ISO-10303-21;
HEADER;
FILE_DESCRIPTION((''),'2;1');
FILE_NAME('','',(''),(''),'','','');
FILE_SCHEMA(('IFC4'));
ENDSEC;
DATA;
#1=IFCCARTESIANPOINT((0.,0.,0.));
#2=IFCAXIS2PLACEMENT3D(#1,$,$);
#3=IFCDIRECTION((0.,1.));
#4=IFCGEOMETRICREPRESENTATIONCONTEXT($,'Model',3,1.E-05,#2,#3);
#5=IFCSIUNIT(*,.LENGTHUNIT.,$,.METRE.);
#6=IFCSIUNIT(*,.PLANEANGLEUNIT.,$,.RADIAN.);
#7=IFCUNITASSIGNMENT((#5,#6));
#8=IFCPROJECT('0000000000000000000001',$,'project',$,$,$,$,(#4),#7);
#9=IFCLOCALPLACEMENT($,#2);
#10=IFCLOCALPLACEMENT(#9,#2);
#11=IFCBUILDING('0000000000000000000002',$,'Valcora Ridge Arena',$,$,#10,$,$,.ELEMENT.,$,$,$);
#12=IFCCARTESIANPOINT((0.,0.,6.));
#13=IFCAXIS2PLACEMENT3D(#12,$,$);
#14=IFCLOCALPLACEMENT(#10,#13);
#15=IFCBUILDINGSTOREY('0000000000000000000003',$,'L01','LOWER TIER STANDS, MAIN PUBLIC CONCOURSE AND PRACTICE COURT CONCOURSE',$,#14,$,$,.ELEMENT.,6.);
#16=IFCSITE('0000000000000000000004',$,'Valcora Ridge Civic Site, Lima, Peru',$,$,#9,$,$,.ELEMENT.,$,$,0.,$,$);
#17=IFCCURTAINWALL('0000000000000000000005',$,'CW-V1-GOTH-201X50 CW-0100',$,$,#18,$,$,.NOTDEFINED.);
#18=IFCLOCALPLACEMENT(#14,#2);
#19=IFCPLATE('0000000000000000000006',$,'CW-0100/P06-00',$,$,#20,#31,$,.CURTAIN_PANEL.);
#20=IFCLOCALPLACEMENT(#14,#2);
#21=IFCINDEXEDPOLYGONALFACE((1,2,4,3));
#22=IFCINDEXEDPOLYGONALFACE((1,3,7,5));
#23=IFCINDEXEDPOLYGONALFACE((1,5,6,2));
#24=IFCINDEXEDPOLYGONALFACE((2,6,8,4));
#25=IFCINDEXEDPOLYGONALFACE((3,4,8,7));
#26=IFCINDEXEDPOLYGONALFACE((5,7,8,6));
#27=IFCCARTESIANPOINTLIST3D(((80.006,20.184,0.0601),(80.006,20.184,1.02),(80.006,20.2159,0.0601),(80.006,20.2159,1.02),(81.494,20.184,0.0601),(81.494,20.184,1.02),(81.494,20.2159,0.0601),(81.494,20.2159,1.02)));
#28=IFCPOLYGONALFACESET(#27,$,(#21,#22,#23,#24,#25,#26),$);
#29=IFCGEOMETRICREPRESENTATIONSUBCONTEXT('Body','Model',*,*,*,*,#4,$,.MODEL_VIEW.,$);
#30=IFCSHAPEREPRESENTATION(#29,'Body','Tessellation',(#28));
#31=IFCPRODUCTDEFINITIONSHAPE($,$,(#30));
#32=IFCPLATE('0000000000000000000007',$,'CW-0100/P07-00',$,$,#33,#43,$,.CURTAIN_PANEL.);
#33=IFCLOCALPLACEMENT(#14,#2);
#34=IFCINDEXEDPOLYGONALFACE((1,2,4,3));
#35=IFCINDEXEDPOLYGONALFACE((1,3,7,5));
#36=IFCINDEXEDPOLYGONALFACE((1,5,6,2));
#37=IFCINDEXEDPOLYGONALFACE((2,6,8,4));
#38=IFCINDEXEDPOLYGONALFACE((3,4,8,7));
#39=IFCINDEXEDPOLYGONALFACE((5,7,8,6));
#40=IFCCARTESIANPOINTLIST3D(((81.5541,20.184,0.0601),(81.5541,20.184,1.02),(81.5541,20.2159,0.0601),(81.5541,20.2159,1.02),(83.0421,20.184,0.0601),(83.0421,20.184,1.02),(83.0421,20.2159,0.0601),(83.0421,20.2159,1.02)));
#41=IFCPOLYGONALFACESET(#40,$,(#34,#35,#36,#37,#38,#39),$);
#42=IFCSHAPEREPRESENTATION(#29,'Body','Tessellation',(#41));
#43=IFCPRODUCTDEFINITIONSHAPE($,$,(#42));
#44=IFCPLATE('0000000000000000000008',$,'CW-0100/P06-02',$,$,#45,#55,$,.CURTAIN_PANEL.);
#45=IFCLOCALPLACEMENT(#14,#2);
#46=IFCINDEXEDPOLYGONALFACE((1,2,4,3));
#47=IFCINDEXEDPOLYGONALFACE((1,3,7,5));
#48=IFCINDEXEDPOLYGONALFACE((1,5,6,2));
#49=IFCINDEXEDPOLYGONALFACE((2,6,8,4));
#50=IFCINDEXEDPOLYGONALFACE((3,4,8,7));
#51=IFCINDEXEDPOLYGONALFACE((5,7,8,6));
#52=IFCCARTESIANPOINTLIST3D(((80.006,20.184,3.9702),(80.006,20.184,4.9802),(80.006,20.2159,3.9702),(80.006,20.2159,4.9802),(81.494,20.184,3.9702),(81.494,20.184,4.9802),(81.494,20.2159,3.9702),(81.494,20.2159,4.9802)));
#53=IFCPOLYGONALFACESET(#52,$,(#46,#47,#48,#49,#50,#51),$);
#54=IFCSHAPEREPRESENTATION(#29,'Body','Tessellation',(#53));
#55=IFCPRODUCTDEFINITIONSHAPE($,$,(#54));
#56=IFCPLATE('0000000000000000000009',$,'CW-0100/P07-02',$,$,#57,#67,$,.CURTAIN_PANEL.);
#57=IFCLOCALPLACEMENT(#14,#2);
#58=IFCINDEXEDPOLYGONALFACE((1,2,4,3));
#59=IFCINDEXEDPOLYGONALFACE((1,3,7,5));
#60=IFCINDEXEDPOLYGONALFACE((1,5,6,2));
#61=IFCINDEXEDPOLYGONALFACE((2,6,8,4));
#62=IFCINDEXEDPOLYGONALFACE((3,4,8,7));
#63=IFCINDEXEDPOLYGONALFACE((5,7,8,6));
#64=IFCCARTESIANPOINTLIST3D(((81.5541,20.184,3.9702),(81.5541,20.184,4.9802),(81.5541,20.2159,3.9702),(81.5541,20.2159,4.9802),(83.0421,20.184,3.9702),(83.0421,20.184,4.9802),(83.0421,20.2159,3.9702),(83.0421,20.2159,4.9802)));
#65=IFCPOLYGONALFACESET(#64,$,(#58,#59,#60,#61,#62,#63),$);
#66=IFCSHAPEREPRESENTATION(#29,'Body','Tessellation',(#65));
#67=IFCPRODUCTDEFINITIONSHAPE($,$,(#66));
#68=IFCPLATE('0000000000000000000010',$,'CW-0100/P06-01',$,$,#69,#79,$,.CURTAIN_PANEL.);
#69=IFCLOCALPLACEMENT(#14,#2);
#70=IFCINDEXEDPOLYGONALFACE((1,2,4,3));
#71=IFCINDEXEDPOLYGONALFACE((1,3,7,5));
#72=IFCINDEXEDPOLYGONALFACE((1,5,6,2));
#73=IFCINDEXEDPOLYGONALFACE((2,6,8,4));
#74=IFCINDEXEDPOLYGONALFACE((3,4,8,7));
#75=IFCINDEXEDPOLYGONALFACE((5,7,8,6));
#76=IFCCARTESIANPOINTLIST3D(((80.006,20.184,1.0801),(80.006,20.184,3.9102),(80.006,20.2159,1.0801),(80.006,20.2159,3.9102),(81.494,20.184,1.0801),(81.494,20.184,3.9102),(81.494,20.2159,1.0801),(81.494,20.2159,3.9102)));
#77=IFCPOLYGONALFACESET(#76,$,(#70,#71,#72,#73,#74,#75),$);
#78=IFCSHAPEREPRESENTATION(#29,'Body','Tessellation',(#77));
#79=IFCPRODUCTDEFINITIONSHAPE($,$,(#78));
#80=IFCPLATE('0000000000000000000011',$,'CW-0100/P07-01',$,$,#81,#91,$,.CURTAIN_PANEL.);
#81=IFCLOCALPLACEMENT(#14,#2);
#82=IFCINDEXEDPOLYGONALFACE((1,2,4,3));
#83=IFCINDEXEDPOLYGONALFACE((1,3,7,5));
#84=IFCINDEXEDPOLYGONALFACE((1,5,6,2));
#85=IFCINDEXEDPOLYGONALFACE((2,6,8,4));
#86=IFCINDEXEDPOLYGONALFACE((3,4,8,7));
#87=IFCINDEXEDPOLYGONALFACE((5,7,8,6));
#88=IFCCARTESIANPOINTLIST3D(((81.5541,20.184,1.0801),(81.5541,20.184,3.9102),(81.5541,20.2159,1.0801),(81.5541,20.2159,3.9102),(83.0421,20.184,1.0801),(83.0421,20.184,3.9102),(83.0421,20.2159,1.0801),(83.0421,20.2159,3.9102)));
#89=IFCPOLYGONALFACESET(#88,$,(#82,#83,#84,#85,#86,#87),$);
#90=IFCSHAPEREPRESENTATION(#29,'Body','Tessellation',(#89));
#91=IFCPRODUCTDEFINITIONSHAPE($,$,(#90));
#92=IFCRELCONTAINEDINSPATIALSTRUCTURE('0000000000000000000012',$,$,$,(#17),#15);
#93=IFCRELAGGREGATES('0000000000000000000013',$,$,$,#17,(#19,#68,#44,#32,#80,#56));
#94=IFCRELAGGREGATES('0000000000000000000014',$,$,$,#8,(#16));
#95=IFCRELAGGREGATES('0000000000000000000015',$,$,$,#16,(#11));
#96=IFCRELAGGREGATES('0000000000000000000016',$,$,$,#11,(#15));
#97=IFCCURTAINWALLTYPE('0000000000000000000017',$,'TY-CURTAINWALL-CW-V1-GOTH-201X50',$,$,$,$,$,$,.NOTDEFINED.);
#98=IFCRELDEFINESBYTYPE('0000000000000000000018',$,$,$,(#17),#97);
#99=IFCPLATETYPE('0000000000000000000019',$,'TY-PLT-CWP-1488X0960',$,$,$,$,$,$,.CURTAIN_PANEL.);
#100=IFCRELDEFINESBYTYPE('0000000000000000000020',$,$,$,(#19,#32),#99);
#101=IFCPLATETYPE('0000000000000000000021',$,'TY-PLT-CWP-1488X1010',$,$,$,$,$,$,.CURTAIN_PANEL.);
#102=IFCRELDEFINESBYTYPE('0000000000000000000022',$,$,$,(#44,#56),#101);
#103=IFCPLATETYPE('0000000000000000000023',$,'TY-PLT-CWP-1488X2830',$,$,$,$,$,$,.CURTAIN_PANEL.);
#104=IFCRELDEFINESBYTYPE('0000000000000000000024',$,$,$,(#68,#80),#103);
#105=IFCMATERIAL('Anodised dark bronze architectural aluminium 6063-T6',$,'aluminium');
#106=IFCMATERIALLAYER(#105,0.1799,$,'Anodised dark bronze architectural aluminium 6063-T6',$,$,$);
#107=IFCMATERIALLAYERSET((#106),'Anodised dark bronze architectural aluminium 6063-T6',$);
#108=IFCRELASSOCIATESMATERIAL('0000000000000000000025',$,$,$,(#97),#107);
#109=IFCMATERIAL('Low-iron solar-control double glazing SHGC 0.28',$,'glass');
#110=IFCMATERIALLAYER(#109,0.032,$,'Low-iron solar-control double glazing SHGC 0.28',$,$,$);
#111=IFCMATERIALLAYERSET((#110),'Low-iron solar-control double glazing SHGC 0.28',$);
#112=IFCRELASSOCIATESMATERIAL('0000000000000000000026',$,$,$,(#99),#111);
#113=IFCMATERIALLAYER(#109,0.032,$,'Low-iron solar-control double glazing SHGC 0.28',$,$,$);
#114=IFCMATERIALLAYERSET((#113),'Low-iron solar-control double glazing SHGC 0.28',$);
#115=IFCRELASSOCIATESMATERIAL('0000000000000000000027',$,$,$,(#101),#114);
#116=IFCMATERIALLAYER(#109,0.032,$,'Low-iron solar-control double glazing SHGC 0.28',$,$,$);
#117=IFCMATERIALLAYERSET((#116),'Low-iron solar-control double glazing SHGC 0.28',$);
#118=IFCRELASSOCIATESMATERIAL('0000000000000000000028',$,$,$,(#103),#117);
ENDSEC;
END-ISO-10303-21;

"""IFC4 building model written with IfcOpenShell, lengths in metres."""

from ifc_helpers import new_model, si_unit, direction, frame, origin, origin_2d, place, context, subcontext, project, spatial, rectangle, extrude, material, layer, layer_set, type_object, element, aggregate, save


model = new_model("IFC4")

# Units and contexts
model_context = context("Model", 3, precision=1e-05, world=origin(), true_north=direction((0.0, 1.0)))
body_context = subcontext(model_context, "Body", "Model", "MODEL_VIEW")
ifc_project = project(units=[si_unit("LENGTHUNIT", "METRE"), si_unit("PLANEANGLEUNIT", "RADIAN")], contexts=[model_context])

# Site, building, storey
site_placement = place(None, origin())
site = spatial("IfcSite", under=ifc_project, at=site_placement, Name="Valcora Ridge Civic Site, Lima, Peru", CompositionType="ELEMENT", RefElevation=0.0)
building_placement = place(site_placement, origin())
building = spatial("IfcBuilding", under=site, at=building_placement, Name="Valcora Ridge Arena", CompositionType="ELEMENT")
storey_placement = place(building_placement, frame((0.0, 0.0, 6.0)))
storey = spatial("IfcBuildingStorey", under=building, at=storey_placement, Name="L01", Description="LOWER TIER STANDS, MAIN PUBLIC CONCOURSE AND PRACTICE COURT CONCOURSE", CompositionType="ELEMENT", Elevation=6.0)

# Curtain wall, plates
ifc_material_1 = material(Name="Anodised dark bronze architectural aluminium 6063-T6", Category="aluminium")
ifc_layer_1 = layer(ifc_material_1, 0.1799, Name="Anodised dark bronze architectural aluminium 6063-T6")
ifc_layer_set_1 = layer_set([ifc_layer_1], Name="Anodised dark bronze architectural aluminium 6063-T6")
curtain_wall_type = type_object("IfcCurtainWallType", Name="TY-CURTAINWALL-CW-V1-GOTH-201X50", PredefinedType="NOTDEFINED", material=ifc_layer_set_1)
curtain_wall_placement = place(storey_placement, origin())
curtain_wall = element("IfcCurtainWall", 1, at=curtain_wall_placement, inside=storey, type_object=curtain_wall_type, Name="CW-V1-GOTH-201X50 CW-0100", PredefinedType="NOTDEFINED")
ifc_material_2 = material(Name="Low-iron solar-control double glazing SHGC 0.28", Category="glass")
ifc_layer_2 = layer(ifc_material_2, 0.032, Name="Low-iron solar-control double glazing SHGC 0.28")
ifc_layer_set_2 = layer_set([ifc_layer_2], Name="Low-iron solar-control double glazing SHGC 0.28")
plate_type_1 = type_object("IfcPlateType", Name="TY-PLT-CWP-1488X0960", PredefinedType="CURTAIN_PANEL", material=ifc_layer_set_2)
plate_1_placement = place(storey_placement, frame((80.75, 20.2, 0.0601), z_axis=(0.0, 0.0, 1.0), x_axis=(1.0, 0.0, 0.0)))
plate_1 = element("IfcPlate", 2, at=plate_1_placement, type_object=plate_type_1, Name="CW-0100/P06-00", PredefinedType="CURTAIN_PANEL", context=body_context, shape_type="SweptSolid", body=[
    extrude(rectangle(XDim=1.488, YDim=0.032, at=origin_2d()), origin(), (0.0, 0.0, 1.0), 0.96),
])
plate_2_placement = place(storey_placement, frame((82.2981, 20.2, 0.0601), z_axis=(0.0, 0.0, 1.0), x_axis=(1.0, 0.0, 0.0)))
plate_2 = element("IfcPlate", 3, at=plate_2_placement, type_object=plate_type_1, Name="CW-0100/P07-00", PredefinedType="CURTAIN_PANEL", context=body_context, shape_type="SweptSolid", body=[
    extrude(rectangle(XDim=1.488, YDim=0.032, at=origin_2d()), origin(), (0.0, 0.0, 1.0), 0.96),
])
ifc_layer_3 = layer(ifc_material_2, 0.032, Name="Low-iron solar-control double glazing SHGC 0.28")
ifc_layer_set_3 = layer_set([ifc_layer_3], Name="Low-iron solar-control double glazing SHGC 0.28")
plate_type_2 = type_object("IfcPlateType", Name="TY-PLT-CWP-1488X1010", PredefinedType="CURTAIN_PANEL", material=ifc_layer_set_3)
plate_3_placement = place(storey_placement, frame((80.75, 20.2, 3.9702), z_axis=(0.0, 0.0, 1.0), x_axis=(1.0, 0.0, 0.0)))
plate_3 = element("IfcPlate", 4, at=plate_3_placement, type_object=plate_type_2, Name="CW-0100/P06-02", PredefinedType="CURTAIN_PANEL", context=body_context, shape_type="SweptSolid", body=[
    extrude(rectangle(XDim=1.488, YDim=0.032, at=origin_2d()), origin(), (0.0, 0.0, 1.0), 1.01),
])
plate_4_placement = place(storey_placement, frame((82.2981, 20.2, 3.9702), z_axis=(0.0, 0.0, 1.0), x_axis=(1.0, 0.0, 0.0)))
plate_4 = element("IfcPlate", 5, at=plate_4_placement, type_object=plate_type_2, Name="CW-0100/P07-02", PredefinedType="CURTAIN_PANEL", context=body_context, shape_type="SweptSolid", body=[
    extrude(rectangle(XDim=1.488, YDim=0.032, at=origin_2d()), origin(), (0.0, 0.0, 1.0), 1.01),
])
ifc_layer_4 = layer(ifc_material_2, 0.032, Name="Low-iron solar-control double glazing SHGC 0.28")
ifc_layer_set_4 = layer_set([ifc_layer_4], Name="Low-iron solar-control double glazing SHGC 0.28")
plate_type_3 = type_object("IfcPlateType", Name="TY-PLT-CWP-1488X2830", PredefinedType="CURTAIN_PANEL", material=ifc_layer_set_4)
plate_5_placement = place(storey_placement, frame((80.75, 20.2, 1.0801), z_axis=(0.0, 0.0, 1.0), x_axis=(1.0, 0.0, 0.0)))
plate_5 = element("IfcPlate", 6, at=plate_5_placement, type_object=plate_type_3, Name="CW-0100/P06-01", PredefinedType="CURTAIN_PANEL", context=body_context, shape_type="SweptSolid", body=[
    extrude(rectangle(XDim=1.488, YDim=0.032, at=origin_2d()), origin(), (0.0, 0.0, 1.0), 2.8301),
])
plate_6_placement = place(storey_placement, frame((82.2981, 20.2, 1.0801), z_axis=(0.0, 0.0, 1.0), x_axis=(1.0, 0.0, 0.0)))
plate_6 = element("IfcPlate", 7, at=plate_6_placement, type_object=plate_type_3, Name="CW-0100/P07-01", PredefinedType="CURTAIN_PANEL", context=body_context, shape_type="SweptSolid", body=[
    extrude(rectangle(XDim=1.488, YDim=0.032, at=origin_2d()), origin(), (0.0, 0.0, 1.0), 2.8301),
])
aggregate(curtain_wall, [plate_1, plate_5, plate_3, plate_2, plate_6, plate_4])

save(model, "model.ifc")
